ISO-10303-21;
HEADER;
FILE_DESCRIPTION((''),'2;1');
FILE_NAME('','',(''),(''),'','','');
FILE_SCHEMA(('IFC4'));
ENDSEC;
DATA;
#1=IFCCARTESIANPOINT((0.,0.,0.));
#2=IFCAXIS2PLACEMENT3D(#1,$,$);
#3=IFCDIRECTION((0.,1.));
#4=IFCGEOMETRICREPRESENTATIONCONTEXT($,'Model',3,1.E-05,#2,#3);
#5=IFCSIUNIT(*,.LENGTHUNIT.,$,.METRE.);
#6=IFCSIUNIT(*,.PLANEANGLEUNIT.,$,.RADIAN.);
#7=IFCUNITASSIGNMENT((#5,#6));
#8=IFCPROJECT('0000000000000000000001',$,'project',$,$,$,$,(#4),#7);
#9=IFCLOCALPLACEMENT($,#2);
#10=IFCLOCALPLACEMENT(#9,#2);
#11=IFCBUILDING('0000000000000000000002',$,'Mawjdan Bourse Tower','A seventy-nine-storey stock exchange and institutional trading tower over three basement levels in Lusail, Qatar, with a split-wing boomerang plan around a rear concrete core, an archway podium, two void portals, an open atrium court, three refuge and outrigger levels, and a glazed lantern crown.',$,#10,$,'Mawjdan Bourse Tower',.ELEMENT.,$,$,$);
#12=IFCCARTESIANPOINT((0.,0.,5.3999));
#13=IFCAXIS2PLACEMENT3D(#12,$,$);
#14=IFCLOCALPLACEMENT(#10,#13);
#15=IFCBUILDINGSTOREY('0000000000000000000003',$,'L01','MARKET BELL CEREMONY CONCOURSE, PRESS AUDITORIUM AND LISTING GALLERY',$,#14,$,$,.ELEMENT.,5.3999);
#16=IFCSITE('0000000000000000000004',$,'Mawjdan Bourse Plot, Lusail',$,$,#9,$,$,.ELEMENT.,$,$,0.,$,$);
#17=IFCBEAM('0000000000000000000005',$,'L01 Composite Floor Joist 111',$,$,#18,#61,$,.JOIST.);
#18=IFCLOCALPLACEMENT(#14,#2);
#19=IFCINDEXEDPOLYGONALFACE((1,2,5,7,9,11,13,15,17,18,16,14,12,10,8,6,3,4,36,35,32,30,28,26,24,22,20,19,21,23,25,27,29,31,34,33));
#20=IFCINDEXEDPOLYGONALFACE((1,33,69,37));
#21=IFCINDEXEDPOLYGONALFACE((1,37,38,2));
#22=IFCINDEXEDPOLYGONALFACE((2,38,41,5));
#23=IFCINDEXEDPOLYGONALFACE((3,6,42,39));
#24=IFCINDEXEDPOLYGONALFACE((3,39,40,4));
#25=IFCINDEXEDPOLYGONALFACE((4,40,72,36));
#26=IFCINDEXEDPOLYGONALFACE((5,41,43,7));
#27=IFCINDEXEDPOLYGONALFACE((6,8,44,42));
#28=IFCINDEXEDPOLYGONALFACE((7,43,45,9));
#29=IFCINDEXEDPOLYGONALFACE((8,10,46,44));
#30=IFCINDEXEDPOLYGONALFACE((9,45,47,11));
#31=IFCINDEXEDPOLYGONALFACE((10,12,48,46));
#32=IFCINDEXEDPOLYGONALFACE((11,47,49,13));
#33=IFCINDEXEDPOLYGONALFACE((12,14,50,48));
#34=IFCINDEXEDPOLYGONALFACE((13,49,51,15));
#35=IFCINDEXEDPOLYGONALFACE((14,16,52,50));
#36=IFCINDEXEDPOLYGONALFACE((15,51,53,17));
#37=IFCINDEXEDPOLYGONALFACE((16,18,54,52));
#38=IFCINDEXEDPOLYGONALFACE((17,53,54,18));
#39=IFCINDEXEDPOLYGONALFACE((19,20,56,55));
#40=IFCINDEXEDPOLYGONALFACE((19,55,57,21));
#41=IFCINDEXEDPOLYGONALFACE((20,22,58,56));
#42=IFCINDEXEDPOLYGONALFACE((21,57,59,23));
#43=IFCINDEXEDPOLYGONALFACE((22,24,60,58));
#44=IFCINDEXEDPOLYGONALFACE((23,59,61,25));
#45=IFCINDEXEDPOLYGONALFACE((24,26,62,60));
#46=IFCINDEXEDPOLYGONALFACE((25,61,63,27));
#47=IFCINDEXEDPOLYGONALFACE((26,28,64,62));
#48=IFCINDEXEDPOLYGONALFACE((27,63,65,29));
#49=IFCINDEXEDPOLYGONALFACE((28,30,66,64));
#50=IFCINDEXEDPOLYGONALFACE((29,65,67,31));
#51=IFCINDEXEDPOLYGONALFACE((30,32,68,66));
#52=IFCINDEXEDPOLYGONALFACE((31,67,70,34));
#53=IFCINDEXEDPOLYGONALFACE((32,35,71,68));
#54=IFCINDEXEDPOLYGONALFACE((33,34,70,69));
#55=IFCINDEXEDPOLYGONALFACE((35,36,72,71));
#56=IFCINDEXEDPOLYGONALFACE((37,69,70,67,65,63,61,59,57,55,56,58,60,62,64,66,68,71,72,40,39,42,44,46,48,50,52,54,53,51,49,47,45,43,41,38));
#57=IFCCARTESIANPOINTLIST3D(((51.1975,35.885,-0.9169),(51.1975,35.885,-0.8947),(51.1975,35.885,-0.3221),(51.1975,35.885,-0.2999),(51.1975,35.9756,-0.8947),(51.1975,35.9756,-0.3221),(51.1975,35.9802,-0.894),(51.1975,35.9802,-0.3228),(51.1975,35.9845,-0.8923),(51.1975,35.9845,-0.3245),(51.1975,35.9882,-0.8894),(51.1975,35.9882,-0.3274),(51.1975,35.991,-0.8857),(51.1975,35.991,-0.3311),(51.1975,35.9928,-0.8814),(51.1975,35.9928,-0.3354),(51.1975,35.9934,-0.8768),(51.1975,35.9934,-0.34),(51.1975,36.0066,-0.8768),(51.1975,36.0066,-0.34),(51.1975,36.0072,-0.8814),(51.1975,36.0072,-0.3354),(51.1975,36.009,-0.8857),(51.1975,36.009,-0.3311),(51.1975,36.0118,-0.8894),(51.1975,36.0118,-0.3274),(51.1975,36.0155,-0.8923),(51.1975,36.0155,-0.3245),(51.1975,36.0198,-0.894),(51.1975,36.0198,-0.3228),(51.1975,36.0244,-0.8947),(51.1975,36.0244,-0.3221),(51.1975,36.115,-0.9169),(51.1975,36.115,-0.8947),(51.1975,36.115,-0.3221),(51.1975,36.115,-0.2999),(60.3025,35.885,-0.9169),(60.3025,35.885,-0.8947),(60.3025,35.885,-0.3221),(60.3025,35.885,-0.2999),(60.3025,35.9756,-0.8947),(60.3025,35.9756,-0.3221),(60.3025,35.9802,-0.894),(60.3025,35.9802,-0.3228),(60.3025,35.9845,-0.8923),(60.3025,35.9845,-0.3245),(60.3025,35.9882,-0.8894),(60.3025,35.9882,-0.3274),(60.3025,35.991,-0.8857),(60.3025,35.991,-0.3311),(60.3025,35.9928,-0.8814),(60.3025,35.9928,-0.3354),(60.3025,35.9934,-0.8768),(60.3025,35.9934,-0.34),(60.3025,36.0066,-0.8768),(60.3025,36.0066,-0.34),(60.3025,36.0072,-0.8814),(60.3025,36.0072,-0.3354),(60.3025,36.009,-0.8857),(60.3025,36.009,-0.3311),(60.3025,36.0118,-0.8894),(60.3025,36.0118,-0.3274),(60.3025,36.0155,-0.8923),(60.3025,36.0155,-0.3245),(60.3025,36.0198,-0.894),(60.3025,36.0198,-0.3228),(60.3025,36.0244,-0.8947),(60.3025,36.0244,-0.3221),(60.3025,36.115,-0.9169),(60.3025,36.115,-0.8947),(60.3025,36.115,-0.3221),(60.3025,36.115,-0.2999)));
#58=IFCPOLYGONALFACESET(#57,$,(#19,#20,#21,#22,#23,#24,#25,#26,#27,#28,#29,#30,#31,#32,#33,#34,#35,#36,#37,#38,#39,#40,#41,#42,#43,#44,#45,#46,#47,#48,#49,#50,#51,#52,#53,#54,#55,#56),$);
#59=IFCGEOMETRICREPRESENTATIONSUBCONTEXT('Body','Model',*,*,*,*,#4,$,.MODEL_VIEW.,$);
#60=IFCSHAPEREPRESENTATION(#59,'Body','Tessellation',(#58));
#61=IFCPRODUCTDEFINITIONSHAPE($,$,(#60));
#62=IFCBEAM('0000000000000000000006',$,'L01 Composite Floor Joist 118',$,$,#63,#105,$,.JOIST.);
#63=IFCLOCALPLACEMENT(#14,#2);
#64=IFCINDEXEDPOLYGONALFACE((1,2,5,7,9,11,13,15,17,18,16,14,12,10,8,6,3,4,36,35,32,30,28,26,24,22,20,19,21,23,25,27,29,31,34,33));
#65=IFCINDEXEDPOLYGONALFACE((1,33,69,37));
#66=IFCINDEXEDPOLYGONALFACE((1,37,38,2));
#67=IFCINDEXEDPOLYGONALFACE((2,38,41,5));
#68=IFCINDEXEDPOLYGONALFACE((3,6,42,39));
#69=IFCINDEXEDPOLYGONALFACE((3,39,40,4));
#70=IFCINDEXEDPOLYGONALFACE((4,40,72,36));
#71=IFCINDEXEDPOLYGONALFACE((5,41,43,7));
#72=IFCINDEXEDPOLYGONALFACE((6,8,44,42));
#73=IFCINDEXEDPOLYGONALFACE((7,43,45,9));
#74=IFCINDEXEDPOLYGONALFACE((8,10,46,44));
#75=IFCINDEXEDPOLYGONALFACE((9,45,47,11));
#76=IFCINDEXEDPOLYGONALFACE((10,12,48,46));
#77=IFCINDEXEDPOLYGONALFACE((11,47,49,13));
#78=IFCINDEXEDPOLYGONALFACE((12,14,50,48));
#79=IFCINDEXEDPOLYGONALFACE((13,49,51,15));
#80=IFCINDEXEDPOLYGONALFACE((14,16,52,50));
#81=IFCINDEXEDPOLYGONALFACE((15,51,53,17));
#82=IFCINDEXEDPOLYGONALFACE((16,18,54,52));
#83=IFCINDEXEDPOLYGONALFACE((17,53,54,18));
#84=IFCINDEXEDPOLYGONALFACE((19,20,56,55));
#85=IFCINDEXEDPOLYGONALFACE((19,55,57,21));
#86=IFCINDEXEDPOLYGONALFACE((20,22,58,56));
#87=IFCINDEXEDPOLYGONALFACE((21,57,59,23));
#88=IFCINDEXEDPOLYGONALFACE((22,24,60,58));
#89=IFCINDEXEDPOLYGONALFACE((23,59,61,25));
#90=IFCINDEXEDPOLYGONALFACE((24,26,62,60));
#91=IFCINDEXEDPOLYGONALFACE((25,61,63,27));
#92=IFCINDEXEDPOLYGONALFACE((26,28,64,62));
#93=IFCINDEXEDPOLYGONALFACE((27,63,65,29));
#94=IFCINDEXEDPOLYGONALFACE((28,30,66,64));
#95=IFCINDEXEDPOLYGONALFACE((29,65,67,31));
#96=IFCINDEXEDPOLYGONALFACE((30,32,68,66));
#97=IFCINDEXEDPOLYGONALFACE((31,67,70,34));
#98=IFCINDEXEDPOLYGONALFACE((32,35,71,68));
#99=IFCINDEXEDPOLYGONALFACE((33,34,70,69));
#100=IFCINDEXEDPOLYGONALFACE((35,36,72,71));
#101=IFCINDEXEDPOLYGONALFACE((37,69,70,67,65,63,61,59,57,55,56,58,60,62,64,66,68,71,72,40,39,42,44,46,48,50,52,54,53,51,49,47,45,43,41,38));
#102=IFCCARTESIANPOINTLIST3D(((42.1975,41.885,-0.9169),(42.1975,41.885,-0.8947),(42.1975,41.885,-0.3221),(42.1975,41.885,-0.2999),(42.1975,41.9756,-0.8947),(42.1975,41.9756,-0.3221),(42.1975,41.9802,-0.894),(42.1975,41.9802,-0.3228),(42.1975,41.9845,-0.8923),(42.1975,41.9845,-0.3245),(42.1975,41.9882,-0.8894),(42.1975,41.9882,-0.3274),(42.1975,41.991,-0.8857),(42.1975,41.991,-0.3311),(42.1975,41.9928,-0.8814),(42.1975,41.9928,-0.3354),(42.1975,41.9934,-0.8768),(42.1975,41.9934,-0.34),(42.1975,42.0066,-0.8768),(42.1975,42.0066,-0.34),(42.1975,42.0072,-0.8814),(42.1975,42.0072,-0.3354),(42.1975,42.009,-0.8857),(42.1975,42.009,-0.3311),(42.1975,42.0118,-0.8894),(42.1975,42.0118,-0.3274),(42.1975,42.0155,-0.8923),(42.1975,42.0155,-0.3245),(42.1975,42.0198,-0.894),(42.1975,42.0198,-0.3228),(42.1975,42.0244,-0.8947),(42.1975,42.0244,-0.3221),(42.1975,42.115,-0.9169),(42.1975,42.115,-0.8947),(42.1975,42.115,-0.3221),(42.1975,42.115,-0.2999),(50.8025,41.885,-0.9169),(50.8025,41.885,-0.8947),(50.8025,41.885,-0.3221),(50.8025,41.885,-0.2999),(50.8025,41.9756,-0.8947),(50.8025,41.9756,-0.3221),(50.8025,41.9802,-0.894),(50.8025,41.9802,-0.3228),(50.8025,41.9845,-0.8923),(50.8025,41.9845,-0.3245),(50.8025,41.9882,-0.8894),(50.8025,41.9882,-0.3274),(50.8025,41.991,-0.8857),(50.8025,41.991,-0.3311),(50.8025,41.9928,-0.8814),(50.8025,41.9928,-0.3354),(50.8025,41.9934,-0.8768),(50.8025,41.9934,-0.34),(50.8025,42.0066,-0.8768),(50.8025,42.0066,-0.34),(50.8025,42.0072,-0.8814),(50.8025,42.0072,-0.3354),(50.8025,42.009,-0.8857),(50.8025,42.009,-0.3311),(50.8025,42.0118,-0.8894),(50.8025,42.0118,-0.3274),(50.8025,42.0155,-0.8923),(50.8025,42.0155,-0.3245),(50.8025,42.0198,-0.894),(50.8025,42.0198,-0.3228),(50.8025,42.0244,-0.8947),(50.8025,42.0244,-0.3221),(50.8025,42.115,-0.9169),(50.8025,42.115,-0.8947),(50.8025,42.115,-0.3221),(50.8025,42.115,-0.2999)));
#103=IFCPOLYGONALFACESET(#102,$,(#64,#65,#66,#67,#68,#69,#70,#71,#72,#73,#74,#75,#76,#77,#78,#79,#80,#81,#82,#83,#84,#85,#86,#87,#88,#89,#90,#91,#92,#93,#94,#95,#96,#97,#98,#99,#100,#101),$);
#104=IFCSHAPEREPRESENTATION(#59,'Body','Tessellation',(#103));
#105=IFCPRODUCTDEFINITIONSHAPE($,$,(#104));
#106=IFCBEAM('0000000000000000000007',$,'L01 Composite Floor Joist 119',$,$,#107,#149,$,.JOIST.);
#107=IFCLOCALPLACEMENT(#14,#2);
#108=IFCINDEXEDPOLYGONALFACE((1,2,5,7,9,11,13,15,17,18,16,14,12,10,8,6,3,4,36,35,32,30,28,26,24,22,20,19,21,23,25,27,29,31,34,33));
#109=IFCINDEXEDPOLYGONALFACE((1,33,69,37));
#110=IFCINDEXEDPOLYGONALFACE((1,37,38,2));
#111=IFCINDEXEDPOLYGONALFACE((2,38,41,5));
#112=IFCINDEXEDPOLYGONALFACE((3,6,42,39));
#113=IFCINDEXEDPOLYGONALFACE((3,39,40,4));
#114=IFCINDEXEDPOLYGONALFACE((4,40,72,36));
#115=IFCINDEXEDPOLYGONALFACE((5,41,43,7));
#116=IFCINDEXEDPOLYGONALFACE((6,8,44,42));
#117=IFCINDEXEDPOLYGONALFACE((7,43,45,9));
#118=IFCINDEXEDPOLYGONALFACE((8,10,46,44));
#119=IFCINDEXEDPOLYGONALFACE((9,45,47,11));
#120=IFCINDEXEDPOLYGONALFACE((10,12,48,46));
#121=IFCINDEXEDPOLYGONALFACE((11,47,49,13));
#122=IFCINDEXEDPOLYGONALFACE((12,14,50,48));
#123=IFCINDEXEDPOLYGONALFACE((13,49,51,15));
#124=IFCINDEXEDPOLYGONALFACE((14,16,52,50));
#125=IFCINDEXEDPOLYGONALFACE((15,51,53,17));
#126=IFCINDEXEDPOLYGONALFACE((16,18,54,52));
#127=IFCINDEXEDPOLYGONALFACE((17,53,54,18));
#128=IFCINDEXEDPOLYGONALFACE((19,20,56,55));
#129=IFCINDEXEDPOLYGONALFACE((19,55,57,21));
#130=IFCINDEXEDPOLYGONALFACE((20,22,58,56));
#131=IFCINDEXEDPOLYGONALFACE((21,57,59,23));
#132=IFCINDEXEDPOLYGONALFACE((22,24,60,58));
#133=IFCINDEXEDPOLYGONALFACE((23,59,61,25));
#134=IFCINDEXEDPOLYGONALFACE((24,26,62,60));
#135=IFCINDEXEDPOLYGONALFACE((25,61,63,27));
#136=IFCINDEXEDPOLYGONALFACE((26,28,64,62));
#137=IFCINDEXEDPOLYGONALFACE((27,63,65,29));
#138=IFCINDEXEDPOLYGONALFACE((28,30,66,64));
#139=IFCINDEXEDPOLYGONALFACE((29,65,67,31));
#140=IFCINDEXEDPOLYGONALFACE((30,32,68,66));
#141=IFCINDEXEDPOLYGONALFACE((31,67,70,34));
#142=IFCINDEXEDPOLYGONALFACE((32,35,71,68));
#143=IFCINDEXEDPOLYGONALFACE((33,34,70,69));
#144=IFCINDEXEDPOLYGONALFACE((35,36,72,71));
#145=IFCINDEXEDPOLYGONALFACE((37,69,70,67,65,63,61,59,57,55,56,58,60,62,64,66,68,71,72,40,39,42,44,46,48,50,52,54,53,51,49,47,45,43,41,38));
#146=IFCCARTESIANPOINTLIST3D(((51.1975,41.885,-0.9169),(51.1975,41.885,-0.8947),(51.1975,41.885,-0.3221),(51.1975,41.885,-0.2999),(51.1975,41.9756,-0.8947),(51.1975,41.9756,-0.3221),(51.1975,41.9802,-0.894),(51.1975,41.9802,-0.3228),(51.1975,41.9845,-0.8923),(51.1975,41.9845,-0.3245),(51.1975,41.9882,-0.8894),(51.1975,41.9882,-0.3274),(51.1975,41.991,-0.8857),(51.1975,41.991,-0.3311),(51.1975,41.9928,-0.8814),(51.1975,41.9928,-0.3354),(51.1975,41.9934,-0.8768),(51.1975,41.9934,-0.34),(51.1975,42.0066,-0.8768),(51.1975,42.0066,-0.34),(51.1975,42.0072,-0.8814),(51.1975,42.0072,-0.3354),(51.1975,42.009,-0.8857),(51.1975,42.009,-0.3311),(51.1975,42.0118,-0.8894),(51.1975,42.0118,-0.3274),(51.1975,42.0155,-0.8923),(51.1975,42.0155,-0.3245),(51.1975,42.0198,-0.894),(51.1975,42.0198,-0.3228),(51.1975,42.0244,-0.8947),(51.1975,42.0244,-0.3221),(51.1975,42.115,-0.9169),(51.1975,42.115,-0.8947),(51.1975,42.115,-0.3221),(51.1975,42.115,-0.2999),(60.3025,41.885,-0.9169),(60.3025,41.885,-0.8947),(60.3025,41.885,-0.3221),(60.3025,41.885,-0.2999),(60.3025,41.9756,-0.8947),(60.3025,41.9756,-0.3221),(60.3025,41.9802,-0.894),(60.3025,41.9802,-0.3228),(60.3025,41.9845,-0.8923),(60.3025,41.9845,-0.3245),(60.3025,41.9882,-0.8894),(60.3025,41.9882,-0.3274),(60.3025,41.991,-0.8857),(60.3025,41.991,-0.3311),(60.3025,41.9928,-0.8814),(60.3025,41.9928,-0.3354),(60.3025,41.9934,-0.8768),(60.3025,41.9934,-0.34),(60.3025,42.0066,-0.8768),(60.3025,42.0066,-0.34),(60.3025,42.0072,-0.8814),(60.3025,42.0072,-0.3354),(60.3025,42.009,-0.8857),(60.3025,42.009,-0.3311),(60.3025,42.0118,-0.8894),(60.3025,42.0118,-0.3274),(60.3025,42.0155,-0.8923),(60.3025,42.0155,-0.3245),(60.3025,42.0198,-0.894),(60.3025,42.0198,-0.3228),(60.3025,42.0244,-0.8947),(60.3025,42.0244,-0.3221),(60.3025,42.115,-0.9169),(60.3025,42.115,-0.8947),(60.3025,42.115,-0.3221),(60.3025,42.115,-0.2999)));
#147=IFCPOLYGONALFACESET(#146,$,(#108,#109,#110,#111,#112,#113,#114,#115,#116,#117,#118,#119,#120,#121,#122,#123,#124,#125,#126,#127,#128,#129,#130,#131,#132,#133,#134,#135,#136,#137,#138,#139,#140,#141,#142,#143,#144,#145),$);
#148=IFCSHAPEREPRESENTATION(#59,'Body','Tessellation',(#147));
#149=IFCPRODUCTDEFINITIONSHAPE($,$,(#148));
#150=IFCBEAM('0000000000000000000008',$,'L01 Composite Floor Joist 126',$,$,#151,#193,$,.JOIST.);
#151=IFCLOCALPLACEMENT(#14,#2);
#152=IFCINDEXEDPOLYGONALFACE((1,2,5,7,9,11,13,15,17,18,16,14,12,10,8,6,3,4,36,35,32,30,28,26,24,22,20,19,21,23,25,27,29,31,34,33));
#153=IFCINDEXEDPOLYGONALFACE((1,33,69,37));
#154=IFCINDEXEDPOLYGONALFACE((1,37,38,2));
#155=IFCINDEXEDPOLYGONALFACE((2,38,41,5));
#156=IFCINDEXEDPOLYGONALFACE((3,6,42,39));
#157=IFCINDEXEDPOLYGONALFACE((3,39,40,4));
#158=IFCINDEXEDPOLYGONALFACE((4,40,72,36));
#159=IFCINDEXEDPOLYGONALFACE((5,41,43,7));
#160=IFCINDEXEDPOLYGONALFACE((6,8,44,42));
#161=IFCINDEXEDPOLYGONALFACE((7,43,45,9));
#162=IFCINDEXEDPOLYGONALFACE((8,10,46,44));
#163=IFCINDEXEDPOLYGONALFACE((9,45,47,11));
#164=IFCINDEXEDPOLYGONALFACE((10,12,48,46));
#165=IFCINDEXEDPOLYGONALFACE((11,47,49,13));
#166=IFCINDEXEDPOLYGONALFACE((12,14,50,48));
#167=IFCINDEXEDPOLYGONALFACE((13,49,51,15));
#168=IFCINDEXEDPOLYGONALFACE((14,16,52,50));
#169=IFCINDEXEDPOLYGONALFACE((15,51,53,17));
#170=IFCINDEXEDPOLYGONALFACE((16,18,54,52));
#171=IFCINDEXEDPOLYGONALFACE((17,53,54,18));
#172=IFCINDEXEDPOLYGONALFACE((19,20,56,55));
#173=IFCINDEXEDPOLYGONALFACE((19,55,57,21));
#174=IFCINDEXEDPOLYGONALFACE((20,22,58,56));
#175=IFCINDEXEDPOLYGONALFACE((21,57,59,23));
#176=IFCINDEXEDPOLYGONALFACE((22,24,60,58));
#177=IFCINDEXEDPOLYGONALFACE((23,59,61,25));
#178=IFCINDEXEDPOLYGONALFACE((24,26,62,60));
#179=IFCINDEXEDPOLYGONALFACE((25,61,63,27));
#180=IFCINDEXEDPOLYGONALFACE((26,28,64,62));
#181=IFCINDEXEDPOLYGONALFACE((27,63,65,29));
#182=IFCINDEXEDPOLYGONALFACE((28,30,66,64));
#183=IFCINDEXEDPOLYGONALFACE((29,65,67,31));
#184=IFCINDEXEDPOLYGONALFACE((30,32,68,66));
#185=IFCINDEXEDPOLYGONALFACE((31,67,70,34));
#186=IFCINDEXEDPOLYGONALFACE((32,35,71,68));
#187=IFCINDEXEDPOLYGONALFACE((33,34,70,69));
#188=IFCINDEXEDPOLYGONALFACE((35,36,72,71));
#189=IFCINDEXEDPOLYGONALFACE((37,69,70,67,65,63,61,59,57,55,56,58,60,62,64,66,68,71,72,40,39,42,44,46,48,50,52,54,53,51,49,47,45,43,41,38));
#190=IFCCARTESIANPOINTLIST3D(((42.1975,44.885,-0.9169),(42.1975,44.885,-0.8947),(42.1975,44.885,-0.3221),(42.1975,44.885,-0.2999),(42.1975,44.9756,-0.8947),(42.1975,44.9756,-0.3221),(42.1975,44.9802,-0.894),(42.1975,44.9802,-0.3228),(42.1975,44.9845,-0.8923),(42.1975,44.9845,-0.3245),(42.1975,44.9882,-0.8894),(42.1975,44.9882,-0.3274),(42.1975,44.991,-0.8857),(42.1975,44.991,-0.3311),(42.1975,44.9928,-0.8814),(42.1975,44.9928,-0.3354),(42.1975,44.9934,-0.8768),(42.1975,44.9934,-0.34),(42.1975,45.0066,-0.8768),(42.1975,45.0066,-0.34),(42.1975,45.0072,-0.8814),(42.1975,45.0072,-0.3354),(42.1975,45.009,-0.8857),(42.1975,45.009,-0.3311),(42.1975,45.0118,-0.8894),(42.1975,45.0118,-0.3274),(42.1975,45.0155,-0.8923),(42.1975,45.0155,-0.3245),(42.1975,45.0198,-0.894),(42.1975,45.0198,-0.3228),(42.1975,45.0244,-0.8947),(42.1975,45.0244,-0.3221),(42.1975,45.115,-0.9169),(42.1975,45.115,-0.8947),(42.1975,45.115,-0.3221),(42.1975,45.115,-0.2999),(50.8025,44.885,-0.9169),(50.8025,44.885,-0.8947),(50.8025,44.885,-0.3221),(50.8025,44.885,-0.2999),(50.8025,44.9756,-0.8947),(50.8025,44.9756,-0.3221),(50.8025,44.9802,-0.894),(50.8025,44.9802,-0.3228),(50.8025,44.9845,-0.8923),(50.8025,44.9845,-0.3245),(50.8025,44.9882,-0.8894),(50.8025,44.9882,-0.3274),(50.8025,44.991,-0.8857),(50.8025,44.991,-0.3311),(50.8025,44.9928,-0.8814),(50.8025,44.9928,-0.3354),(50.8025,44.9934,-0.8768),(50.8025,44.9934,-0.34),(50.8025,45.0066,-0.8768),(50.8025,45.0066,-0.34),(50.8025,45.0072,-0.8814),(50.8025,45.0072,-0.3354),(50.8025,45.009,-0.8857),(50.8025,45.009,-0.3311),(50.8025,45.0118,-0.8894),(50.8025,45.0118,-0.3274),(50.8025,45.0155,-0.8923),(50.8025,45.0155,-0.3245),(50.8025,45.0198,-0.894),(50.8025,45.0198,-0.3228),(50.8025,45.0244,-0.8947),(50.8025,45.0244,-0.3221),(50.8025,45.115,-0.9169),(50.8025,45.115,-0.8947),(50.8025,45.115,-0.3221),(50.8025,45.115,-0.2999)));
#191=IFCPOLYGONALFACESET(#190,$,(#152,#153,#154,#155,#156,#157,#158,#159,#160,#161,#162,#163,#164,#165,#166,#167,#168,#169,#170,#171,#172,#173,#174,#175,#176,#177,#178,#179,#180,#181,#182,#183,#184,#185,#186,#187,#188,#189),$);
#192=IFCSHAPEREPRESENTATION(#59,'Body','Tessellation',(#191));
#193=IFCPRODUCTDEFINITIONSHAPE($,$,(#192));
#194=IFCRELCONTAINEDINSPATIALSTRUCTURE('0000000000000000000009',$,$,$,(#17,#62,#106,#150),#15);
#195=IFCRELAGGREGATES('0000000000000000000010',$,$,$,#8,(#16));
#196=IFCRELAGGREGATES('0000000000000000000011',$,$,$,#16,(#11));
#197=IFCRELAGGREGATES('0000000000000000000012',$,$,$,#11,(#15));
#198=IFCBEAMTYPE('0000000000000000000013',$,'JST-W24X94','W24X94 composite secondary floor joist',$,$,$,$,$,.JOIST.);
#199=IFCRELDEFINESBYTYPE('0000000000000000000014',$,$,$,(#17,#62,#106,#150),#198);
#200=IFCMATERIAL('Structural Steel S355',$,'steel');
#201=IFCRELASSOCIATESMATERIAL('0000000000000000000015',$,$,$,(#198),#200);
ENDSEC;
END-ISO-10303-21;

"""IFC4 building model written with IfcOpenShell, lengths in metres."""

from ifc_helpers import new_model, si_unit, direction, frame, origin, origin_2d, place, context, subcontext, project, spatial, i_section, extrude, material, material_profile, profile_set, type_object, element, save


model = new_model("IFC4")

# Units and contexts
model_context = context("Model", 3, precision=1e-05, world=origin(), true_north=direction((0.0, 1.0)))
body_context = subcontext(model_context, "Body", "Model", "MODEL_VIEW")
ifc_project = project(units=[si_unit("LENGTHUNIT", "METRE"), si_unit("PLANEANGLEUNIT", "RADIAN")], contexts=[model_context])

# Site, building, storey
site_placement = place(None, origin())
site = spatial("IfcSite", under=ifc_project, at=site_placement, Name="Mawjdan Bourse Plot, Lusail", CompositionType="ELEMENT", RefElevation=0.0)
building_placement = place(site_placement, origin())
building = spatial("IfcBuilding", under=site, at=building_placement, Name="Mawjdan Bourse Tower", Description="A seventy-nine-storey stock exchange and institutional trading tower over three basement levels in Lusail, Qatar, with a split-wing boomerang plan around a rear concrete core, an archway podium, two void portals, an open atrium court, three refuge and outrigger levels, and a glazed lantern crown.", LongName="Mawjdan Bourse Tower", CompositionType="ELEMENT")
storey_placement = place(building_placement, frame((0.0, 0.0, 5.3999)))
storey = spatial("IfcBuildingStorey", under=building, at=storey_placement, Name="L01", Description="MARKET BELL CEREMONY CONCOURSE, PRESS AUDITORIUM AND LISTING GALLERY", CompositionType="ELEMENT", Elevation=5.3999)

# Beams
ifc_material_1 = material(Name="Structural Steel S355", Category="steel")
ifc_material_profile_1 = material_profile(ifc_material_1, i_section(OverallWidth=0.23, OverallDepth=0.6169, WebThickness=0.0132, FlangeThickness=0.0222, FilletRadius=0.0178, at=origin_2d()), Name="W24X94")
ifc_profile_set_1 = profile_set([ifc_material_profile_1], Name="Structural Steel S355")
beam_type_1 = type_object("IfcBeamType", Name="JST-W24X94", Description="W24X94 composite secondary floor joist", PredefinedType="JOIST", material=ifc_profile_set_1)
beam_1_placement = place(storey_placement, frame((51.1975, 36.0, -0.6084), z_axis=(1.0, 0.0, 0.0), x_axis=(0.0, 1.0, 0.0)))
element("IfcBeam", 1, at=beam_1_placement, inside=storey, type_object=beam_type_1, Name="L01 Composite Floor Joist 111", PredefinedType="JOIST", context=body_context, shape_type="SweptSolid", body=[
    extrude(i_section(OverallWidth=0.23, OverallDepth=0.6169, WebThickness=0.0132, FlangeThickness=0.0222, FilletRadius=0.0178, at=origin_2d()), origin(), (0.0, 0.0, 1.0), 9.105),
])
beam_2_placement = place(storey_placement, frame((42.1975, 42.0, -0.6084), z_axis=(1.0, 0.0, 0.0), x_axis=(0.0, 1.0, 0.0)))
element("IfcBeam", 2, at=beam_2_placement, inside=storey, type_object=beam_type_1, Name="L01 Composite Floor Joist 118", PredefinedType="JOIST", context=body_context, shape_type="SweptSolid", body=[
    extrude(i_section(OverallWidth=0.23, OverallDepth=0.6169, WebThickness=0.0132, FlangeThickness=0.0222, FilletRadius=0.0178, at=origin_2d()), origin(), (0.0, 0.0, 1.0), 8.605),
])
beam_3_placement = place(storey_placement, frame((51.1975, 42.0, -0.6084), z_axis=(1.0, 0.0, 0.0), x_axis=(0.0, 1.0, 0.0)))
element("IfcBeam", 3, at=beam_3_placement, inside=storey, type_object=beam_type_1, Name="L01 Composite Floor Joist 119", PredefinedType="JOIST", context=body_context, shape_type="SweptSolid", body=[
    extrude(i_section(OverallWidth=0.23, OverallDepth=0.6169, WebThickness=0.0132, FlangeThickness=0.0222, FilletRadius=0.0178, at=origin_2d()), origin(), (0.0, 0.0, 1.0), 9.105),
])
beam_4_placement = place(storey_placement, frame((42.1975, 45.0, -0.6084), z_axis=(1.0, 0.0, 0.0), x_axis=(0.0, 1.0, 0.0)))
element("IfcBeam", 4, at=beam_4_placement, inside=storey, type_object=beam_type_1, Name="L01 Composite Floor Joist 126", PredefinedType="JOIST", context=body_context, shape_type="SweptSolid", body=[
    extrude(i_section(OverallWidth=0.23, OverallDepth=0.6169, WebThickness=0.0132, FlangeThickness=0.0222, FilletRadius=0.0178, at=origin_2d()), origin(), (0.0, 0.0, 1.0), 8.605),
])

save(model, "model.ifc")
